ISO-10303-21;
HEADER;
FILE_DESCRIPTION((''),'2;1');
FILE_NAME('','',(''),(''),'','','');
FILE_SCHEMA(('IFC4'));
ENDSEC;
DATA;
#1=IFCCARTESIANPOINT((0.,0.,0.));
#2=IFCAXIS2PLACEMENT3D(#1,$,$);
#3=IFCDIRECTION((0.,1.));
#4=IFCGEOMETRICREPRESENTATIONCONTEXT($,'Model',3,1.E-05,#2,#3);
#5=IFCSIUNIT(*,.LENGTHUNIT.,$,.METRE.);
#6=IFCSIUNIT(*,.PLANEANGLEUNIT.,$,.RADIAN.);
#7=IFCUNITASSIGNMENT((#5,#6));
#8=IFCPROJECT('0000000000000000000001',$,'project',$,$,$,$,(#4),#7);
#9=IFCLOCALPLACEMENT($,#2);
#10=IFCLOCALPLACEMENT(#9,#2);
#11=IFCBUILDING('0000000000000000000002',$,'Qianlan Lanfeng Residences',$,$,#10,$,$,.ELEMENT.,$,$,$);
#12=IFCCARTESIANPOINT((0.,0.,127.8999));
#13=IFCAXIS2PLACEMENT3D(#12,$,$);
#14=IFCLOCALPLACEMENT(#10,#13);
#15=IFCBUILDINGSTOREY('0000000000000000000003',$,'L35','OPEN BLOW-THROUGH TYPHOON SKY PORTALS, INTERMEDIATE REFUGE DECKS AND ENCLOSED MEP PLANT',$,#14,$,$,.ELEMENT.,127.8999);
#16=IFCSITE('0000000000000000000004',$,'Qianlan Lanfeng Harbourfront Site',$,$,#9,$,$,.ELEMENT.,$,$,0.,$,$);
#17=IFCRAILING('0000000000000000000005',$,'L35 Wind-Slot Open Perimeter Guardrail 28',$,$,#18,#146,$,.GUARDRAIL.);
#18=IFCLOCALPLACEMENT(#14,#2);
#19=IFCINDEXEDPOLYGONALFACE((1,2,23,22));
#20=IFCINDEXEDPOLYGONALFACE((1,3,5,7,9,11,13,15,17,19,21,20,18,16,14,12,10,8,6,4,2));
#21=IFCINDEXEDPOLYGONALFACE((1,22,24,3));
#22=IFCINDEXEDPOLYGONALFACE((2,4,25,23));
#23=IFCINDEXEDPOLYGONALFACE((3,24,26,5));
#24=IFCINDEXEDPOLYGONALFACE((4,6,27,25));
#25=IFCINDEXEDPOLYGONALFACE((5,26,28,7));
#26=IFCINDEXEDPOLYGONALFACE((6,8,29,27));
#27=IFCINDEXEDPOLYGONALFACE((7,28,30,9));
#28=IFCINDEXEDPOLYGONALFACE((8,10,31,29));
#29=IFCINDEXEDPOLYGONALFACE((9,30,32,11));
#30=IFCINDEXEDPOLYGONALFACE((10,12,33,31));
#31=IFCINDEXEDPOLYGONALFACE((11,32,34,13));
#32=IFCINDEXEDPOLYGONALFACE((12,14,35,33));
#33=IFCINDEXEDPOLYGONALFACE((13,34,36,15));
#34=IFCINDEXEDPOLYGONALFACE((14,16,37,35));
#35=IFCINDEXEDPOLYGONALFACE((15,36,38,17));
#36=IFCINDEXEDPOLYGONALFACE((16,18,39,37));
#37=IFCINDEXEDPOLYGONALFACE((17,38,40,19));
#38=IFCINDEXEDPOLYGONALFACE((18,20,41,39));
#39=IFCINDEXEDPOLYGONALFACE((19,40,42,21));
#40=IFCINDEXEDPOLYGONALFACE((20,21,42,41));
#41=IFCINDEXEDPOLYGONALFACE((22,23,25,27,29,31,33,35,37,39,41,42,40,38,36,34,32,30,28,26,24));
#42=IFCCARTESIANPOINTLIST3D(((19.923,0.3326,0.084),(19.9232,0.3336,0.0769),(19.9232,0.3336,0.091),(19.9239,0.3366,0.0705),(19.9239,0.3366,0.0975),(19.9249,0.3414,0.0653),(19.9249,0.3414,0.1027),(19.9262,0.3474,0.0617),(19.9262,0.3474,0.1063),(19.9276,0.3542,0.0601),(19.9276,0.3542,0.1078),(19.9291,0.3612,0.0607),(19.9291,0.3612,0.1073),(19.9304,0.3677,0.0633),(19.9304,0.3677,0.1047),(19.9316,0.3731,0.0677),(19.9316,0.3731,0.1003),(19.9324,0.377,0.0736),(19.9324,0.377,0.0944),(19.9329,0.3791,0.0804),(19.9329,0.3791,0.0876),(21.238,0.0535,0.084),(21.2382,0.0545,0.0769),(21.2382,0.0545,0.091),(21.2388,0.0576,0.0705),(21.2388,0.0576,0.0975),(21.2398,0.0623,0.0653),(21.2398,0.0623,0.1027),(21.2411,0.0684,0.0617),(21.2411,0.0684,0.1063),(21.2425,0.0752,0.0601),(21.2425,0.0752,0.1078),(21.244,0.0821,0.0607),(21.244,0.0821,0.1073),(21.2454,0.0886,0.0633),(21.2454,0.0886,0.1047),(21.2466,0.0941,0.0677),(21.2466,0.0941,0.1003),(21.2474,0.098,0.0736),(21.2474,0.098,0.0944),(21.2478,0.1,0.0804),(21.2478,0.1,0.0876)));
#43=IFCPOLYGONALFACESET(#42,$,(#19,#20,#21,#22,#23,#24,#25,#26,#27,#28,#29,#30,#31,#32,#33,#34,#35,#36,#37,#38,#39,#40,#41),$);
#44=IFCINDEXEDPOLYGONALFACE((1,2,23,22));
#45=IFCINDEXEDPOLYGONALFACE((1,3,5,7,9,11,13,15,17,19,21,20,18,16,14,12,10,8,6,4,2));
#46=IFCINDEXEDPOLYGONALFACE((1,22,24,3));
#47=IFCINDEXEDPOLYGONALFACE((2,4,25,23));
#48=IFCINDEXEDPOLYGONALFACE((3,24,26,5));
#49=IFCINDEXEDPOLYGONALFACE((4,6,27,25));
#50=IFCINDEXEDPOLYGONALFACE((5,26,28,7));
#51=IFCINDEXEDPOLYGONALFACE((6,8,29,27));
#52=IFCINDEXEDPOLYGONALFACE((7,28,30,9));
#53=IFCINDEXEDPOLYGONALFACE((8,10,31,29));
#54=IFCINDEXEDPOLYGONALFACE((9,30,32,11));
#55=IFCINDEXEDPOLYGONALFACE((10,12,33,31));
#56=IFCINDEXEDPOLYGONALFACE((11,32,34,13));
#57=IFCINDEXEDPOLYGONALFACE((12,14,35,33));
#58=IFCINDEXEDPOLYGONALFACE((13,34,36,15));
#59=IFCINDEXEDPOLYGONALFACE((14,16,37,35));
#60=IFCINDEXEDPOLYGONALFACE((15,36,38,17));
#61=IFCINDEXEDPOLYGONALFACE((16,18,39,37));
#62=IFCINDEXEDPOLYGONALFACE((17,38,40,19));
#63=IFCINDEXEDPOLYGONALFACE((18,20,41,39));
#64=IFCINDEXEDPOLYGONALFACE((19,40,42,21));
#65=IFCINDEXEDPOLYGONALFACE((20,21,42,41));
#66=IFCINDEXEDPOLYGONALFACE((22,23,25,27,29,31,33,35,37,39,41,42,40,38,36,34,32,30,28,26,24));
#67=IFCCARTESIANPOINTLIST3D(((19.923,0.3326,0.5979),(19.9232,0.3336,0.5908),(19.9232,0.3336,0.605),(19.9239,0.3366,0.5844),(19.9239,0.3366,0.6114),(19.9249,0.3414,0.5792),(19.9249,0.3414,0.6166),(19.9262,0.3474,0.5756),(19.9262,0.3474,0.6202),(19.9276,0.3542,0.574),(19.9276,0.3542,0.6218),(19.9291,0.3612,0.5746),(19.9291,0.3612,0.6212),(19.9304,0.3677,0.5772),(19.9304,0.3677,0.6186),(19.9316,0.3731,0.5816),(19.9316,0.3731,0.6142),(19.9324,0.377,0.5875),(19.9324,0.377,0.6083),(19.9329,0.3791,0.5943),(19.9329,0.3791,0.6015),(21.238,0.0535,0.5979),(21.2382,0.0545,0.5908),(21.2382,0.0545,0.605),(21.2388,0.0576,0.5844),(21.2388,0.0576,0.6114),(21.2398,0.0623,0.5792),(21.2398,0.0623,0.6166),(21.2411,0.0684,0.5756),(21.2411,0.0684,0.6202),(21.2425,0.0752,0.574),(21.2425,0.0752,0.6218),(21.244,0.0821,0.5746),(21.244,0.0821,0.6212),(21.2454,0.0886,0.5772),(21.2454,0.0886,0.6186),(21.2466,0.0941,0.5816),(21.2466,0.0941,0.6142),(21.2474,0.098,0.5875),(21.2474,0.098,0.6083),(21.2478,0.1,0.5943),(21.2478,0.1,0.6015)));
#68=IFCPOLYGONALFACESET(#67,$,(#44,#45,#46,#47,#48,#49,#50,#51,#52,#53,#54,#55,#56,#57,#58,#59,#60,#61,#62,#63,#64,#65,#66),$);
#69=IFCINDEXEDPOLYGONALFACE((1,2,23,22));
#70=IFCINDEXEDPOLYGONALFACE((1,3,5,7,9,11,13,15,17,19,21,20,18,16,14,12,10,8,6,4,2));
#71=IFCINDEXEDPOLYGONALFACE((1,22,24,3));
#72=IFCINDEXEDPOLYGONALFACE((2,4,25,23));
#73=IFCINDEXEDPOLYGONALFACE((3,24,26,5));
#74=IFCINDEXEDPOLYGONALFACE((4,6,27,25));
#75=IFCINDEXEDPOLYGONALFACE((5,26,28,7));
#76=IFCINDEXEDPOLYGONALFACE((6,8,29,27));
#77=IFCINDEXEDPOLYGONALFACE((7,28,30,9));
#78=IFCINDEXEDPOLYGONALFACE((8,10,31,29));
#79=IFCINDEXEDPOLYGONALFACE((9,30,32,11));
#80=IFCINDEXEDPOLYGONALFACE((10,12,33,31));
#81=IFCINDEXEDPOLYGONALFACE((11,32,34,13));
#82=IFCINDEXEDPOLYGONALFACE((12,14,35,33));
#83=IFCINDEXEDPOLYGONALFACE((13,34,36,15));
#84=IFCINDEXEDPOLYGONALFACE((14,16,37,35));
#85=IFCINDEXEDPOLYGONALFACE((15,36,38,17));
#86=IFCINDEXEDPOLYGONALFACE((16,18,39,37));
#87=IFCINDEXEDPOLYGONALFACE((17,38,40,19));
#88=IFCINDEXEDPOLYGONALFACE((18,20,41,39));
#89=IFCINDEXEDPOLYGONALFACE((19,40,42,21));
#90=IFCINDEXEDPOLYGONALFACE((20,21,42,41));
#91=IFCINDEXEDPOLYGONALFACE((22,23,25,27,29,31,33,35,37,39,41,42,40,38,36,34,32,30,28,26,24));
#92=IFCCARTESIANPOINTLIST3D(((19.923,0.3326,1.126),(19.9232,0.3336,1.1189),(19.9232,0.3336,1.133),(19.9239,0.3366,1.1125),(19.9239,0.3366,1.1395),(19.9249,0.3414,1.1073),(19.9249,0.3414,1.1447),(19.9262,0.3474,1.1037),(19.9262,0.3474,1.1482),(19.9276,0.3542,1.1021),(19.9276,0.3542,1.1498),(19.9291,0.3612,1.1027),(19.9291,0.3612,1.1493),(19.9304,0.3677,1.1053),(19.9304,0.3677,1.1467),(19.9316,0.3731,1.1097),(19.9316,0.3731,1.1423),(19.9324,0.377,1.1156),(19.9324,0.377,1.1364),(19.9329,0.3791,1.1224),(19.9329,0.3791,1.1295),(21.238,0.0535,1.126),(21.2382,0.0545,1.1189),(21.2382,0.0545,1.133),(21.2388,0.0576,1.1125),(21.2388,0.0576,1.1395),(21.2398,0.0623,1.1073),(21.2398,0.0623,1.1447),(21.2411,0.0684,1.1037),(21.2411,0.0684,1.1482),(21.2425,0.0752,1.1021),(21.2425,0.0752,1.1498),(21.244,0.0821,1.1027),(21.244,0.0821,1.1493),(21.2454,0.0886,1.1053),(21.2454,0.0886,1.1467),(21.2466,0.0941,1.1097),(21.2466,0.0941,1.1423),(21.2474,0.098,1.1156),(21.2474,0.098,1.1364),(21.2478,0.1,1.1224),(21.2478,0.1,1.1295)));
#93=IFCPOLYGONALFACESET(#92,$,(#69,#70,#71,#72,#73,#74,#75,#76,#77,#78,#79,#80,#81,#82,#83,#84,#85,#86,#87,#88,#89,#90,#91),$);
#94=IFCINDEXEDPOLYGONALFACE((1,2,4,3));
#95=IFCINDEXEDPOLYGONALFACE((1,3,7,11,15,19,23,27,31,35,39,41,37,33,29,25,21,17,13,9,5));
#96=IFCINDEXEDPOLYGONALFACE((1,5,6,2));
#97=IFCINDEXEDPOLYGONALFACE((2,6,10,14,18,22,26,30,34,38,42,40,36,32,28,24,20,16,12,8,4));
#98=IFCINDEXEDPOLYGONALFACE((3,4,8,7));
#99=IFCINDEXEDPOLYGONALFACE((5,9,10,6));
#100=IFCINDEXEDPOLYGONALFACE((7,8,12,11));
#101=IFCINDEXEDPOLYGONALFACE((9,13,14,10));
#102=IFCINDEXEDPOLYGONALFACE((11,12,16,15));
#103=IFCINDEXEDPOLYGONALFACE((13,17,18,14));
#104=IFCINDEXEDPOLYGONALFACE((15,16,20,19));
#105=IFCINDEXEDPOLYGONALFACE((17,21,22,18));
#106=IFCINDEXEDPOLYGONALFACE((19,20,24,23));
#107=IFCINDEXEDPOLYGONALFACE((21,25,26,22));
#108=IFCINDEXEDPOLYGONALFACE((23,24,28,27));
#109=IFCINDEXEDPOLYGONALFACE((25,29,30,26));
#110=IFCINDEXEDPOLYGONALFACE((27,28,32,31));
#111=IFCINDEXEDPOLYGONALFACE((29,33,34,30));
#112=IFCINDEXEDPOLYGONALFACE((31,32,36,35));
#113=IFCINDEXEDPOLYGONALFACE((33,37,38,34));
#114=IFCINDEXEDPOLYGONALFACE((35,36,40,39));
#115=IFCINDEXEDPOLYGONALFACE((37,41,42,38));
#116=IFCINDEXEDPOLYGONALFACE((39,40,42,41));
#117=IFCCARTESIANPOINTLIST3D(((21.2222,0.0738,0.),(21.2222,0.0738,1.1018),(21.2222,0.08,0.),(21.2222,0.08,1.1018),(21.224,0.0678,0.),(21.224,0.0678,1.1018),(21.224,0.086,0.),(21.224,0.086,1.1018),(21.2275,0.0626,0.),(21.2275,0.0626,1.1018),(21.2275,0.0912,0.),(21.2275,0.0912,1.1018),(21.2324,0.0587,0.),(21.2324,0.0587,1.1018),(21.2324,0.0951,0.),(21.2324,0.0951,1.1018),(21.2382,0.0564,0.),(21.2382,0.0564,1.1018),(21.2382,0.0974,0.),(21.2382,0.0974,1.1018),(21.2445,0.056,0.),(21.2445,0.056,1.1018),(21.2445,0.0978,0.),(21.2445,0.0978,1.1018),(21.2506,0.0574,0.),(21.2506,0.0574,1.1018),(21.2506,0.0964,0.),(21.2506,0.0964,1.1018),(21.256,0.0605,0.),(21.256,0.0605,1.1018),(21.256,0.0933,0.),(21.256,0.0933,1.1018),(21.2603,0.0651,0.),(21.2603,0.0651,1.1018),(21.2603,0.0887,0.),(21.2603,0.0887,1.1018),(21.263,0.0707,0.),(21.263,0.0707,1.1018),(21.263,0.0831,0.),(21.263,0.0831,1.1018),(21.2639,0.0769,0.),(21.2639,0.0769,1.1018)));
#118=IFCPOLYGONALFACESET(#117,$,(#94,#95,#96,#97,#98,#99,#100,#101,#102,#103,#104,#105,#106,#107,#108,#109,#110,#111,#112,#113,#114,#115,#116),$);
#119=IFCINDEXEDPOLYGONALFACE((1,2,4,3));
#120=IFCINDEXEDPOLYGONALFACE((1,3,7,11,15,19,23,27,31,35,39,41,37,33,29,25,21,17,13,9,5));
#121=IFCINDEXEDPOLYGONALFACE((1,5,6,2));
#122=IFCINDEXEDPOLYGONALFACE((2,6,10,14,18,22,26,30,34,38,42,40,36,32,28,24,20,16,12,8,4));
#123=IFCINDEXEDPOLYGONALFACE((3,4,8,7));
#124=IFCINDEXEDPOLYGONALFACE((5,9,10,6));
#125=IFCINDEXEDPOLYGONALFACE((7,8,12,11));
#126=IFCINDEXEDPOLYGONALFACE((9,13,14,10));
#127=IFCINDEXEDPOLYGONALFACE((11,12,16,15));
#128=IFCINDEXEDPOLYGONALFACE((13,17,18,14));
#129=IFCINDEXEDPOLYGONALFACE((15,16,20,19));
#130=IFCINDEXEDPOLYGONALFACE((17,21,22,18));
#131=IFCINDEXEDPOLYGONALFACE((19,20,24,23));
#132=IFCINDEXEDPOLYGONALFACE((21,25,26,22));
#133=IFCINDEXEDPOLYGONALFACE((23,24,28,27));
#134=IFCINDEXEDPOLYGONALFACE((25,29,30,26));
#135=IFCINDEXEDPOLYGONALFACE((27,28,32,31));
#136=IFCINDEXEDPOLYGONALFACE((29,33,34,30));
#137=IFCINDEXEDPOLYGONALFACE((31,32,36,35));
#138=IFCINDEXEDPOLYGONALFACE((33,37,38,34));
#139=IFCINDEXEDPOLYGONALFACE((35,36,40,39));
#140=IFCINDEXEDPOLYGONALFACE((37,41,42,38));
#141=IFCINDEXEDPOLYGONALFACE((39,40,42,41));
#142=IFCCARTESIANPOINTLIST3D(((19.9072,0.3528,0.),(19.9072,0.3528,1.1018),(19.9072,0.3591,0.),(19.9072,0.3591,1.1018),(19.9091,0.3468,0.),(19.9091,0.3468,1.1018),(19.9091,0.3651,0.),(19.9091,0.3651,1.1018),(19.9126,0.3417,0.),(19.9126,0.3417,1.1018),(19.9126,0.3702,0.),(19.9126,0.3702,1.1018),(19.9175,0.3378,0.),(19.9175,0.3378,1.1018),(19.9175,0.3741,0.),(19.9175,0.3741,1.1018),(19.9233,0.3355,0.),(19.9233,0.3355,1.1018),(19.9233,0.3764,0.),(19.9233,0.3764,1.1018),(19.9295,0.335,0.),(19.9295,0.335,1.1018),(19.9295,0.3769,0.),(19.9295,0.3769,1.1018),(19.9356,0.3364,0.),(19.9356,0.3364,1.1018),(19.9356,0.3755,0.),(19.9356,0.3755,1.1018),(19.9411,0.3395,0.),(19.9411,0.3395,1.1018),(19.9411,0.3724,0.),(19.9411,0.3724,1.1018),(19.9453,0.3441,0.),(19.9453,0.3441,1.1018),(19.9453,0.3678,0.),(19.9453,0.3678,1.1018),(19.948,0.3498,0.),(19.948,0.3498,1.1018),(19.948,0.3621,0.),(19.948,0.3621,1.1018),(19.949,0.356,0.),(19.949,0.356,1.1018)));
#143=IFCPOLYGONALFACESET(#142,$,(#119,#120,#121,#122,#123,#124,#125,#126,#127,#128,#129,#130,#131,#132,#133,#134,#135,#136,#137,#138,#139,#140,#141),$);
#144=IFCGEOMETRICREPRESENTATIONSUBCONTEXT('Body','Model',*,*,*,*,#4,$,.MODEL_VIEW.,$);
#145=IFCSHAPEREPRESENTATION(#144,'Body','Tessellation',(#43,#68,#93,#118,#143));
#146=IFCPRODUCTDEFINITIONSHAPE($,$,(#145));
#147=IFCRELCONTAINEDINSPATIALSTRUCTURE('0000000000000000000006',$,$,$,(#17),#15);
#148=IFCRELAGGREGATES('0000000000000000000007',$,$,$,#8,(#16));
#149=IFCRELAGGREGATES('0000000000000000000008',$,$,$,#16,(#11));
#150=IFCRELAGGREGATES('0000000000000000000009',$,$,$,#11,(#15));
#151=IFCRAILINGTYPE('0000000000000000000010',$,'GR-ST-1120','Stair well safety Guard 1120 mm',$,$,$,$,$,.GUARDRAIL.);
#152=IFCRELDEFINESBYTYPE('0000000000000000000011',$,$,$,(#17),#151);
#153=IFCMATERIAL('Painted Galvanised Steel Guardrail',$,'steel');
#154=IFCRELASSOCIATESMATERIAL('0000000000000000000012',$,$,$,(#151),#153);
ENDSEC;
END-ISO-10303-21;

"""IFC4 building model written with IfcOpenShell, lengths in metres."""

from ifc_helpers import new_model, si_unit, direction, frame, origin, origin_2d, place, context, subcontext, project, spatial, circle, extrude, material, type_object, element, save


model = new_model("IFC4")

# Units and contexts
model_context = context("Model", 3, precision=1e-05, world=origin(), true_north=direction((0.0, 1.0)))
body_context = subcontext(model_context, "Body", "Model", "MODEL_VIEW")
ifc_project = project(units=[si_unit("LENGTHUNIT", "METRE"), si_unit("PLANEANGLEUNIT", "RADIAN")], contexts=[model_context])

# Site, building, storey
site_placement = place(None, origin())
site = spatial("IfcSite", under=ifc_project, at=site_placement, Name="Qianlan Lanfeng Harbourfront Site", CompositionType="ELEMENT", RefElevation=0.0)
building_placement = place(site_placement, origin())
building = spatial("IfcBuilding", under=site, at=building_placement, Name="Qianlan Lanfeng Residences", CompositionType="ELEMENT")
storey_placement = place(building_placement, frame((0.0, 0.0, 127.8999)))
storey = spatial("IfcBuildingStorey", under=building, at=storey_placement, Name="L35", Description="OPEN BLOW-THROUGH TYPHOON SKY PORTALS, INTERMEDIATE REFUGE DECKS AND ENCLOSED MEP PLANT", CompositionType="ELEMENT", Elevation=127.8999)

# Railing
ifc_material_1 = material(Name="Painted Galvanised Steel Guardrail", Category="steel")
railing_type = type_object("IfcRailingType", Name="GR-ST-1120", Description="Stair well safety Guard 1120 mm", PredefinedType="GUARDRAIL", material=ifc_material_1)
railing_1_placement = place(storey_placement, frame((21.2429, 0.0769, 0.0)))
element("IfcRailing", 1, at=railing_1_placement, inside=storey, type_object=railing_type, Name="L35 Wind-Slot Open Perimeter Guardrail 28", PredefinedType="GUARDRAIL", context=body_context, shape_type="SweptSolid", body=[
    extrude(circle(Radius=0.0239, at=origin_2d()), frame((0.0, 0.0, 0.084), z_axis=(-0.978215, 0.207594, 0.0), x_axis=(-0.207594, -0.978215, 0.0)), (0.0, 0.0, 1.0), 1.3442),
    extrude(circle(Radius=0.0239, at=origin_2d()), frame((0.0, 0.0, 0.5979), z_axis=(-0.978215, 0.207594, 0.0), x_axis=(-0.207594, -0.978215, 0.0)), (0.0, 0.0, 1.0), 1.3442),
    extrude(circle(Radius=0.0239, at=origin_2d()), frame((0.0, 0.0, 1.126), z_axis=(-0.978215, 0.207594, 0.0), x_axis=(-0.207594, -0.978215, 0.0)), (0.0, 0.0, 1.0), 1.3442),
    extrude(circle(Radius=0.021, at=origin_2d()), origin(), (0.0, 0.0, 1.0), 1.1018),
    extrude(circle(Radius=0.021, at=origin_2d()), frame((-1.3149, 0.2791, 0.0)), (0.0, 0.0, 1.0), 1.1018),
])

save(model, "model.ifc")
